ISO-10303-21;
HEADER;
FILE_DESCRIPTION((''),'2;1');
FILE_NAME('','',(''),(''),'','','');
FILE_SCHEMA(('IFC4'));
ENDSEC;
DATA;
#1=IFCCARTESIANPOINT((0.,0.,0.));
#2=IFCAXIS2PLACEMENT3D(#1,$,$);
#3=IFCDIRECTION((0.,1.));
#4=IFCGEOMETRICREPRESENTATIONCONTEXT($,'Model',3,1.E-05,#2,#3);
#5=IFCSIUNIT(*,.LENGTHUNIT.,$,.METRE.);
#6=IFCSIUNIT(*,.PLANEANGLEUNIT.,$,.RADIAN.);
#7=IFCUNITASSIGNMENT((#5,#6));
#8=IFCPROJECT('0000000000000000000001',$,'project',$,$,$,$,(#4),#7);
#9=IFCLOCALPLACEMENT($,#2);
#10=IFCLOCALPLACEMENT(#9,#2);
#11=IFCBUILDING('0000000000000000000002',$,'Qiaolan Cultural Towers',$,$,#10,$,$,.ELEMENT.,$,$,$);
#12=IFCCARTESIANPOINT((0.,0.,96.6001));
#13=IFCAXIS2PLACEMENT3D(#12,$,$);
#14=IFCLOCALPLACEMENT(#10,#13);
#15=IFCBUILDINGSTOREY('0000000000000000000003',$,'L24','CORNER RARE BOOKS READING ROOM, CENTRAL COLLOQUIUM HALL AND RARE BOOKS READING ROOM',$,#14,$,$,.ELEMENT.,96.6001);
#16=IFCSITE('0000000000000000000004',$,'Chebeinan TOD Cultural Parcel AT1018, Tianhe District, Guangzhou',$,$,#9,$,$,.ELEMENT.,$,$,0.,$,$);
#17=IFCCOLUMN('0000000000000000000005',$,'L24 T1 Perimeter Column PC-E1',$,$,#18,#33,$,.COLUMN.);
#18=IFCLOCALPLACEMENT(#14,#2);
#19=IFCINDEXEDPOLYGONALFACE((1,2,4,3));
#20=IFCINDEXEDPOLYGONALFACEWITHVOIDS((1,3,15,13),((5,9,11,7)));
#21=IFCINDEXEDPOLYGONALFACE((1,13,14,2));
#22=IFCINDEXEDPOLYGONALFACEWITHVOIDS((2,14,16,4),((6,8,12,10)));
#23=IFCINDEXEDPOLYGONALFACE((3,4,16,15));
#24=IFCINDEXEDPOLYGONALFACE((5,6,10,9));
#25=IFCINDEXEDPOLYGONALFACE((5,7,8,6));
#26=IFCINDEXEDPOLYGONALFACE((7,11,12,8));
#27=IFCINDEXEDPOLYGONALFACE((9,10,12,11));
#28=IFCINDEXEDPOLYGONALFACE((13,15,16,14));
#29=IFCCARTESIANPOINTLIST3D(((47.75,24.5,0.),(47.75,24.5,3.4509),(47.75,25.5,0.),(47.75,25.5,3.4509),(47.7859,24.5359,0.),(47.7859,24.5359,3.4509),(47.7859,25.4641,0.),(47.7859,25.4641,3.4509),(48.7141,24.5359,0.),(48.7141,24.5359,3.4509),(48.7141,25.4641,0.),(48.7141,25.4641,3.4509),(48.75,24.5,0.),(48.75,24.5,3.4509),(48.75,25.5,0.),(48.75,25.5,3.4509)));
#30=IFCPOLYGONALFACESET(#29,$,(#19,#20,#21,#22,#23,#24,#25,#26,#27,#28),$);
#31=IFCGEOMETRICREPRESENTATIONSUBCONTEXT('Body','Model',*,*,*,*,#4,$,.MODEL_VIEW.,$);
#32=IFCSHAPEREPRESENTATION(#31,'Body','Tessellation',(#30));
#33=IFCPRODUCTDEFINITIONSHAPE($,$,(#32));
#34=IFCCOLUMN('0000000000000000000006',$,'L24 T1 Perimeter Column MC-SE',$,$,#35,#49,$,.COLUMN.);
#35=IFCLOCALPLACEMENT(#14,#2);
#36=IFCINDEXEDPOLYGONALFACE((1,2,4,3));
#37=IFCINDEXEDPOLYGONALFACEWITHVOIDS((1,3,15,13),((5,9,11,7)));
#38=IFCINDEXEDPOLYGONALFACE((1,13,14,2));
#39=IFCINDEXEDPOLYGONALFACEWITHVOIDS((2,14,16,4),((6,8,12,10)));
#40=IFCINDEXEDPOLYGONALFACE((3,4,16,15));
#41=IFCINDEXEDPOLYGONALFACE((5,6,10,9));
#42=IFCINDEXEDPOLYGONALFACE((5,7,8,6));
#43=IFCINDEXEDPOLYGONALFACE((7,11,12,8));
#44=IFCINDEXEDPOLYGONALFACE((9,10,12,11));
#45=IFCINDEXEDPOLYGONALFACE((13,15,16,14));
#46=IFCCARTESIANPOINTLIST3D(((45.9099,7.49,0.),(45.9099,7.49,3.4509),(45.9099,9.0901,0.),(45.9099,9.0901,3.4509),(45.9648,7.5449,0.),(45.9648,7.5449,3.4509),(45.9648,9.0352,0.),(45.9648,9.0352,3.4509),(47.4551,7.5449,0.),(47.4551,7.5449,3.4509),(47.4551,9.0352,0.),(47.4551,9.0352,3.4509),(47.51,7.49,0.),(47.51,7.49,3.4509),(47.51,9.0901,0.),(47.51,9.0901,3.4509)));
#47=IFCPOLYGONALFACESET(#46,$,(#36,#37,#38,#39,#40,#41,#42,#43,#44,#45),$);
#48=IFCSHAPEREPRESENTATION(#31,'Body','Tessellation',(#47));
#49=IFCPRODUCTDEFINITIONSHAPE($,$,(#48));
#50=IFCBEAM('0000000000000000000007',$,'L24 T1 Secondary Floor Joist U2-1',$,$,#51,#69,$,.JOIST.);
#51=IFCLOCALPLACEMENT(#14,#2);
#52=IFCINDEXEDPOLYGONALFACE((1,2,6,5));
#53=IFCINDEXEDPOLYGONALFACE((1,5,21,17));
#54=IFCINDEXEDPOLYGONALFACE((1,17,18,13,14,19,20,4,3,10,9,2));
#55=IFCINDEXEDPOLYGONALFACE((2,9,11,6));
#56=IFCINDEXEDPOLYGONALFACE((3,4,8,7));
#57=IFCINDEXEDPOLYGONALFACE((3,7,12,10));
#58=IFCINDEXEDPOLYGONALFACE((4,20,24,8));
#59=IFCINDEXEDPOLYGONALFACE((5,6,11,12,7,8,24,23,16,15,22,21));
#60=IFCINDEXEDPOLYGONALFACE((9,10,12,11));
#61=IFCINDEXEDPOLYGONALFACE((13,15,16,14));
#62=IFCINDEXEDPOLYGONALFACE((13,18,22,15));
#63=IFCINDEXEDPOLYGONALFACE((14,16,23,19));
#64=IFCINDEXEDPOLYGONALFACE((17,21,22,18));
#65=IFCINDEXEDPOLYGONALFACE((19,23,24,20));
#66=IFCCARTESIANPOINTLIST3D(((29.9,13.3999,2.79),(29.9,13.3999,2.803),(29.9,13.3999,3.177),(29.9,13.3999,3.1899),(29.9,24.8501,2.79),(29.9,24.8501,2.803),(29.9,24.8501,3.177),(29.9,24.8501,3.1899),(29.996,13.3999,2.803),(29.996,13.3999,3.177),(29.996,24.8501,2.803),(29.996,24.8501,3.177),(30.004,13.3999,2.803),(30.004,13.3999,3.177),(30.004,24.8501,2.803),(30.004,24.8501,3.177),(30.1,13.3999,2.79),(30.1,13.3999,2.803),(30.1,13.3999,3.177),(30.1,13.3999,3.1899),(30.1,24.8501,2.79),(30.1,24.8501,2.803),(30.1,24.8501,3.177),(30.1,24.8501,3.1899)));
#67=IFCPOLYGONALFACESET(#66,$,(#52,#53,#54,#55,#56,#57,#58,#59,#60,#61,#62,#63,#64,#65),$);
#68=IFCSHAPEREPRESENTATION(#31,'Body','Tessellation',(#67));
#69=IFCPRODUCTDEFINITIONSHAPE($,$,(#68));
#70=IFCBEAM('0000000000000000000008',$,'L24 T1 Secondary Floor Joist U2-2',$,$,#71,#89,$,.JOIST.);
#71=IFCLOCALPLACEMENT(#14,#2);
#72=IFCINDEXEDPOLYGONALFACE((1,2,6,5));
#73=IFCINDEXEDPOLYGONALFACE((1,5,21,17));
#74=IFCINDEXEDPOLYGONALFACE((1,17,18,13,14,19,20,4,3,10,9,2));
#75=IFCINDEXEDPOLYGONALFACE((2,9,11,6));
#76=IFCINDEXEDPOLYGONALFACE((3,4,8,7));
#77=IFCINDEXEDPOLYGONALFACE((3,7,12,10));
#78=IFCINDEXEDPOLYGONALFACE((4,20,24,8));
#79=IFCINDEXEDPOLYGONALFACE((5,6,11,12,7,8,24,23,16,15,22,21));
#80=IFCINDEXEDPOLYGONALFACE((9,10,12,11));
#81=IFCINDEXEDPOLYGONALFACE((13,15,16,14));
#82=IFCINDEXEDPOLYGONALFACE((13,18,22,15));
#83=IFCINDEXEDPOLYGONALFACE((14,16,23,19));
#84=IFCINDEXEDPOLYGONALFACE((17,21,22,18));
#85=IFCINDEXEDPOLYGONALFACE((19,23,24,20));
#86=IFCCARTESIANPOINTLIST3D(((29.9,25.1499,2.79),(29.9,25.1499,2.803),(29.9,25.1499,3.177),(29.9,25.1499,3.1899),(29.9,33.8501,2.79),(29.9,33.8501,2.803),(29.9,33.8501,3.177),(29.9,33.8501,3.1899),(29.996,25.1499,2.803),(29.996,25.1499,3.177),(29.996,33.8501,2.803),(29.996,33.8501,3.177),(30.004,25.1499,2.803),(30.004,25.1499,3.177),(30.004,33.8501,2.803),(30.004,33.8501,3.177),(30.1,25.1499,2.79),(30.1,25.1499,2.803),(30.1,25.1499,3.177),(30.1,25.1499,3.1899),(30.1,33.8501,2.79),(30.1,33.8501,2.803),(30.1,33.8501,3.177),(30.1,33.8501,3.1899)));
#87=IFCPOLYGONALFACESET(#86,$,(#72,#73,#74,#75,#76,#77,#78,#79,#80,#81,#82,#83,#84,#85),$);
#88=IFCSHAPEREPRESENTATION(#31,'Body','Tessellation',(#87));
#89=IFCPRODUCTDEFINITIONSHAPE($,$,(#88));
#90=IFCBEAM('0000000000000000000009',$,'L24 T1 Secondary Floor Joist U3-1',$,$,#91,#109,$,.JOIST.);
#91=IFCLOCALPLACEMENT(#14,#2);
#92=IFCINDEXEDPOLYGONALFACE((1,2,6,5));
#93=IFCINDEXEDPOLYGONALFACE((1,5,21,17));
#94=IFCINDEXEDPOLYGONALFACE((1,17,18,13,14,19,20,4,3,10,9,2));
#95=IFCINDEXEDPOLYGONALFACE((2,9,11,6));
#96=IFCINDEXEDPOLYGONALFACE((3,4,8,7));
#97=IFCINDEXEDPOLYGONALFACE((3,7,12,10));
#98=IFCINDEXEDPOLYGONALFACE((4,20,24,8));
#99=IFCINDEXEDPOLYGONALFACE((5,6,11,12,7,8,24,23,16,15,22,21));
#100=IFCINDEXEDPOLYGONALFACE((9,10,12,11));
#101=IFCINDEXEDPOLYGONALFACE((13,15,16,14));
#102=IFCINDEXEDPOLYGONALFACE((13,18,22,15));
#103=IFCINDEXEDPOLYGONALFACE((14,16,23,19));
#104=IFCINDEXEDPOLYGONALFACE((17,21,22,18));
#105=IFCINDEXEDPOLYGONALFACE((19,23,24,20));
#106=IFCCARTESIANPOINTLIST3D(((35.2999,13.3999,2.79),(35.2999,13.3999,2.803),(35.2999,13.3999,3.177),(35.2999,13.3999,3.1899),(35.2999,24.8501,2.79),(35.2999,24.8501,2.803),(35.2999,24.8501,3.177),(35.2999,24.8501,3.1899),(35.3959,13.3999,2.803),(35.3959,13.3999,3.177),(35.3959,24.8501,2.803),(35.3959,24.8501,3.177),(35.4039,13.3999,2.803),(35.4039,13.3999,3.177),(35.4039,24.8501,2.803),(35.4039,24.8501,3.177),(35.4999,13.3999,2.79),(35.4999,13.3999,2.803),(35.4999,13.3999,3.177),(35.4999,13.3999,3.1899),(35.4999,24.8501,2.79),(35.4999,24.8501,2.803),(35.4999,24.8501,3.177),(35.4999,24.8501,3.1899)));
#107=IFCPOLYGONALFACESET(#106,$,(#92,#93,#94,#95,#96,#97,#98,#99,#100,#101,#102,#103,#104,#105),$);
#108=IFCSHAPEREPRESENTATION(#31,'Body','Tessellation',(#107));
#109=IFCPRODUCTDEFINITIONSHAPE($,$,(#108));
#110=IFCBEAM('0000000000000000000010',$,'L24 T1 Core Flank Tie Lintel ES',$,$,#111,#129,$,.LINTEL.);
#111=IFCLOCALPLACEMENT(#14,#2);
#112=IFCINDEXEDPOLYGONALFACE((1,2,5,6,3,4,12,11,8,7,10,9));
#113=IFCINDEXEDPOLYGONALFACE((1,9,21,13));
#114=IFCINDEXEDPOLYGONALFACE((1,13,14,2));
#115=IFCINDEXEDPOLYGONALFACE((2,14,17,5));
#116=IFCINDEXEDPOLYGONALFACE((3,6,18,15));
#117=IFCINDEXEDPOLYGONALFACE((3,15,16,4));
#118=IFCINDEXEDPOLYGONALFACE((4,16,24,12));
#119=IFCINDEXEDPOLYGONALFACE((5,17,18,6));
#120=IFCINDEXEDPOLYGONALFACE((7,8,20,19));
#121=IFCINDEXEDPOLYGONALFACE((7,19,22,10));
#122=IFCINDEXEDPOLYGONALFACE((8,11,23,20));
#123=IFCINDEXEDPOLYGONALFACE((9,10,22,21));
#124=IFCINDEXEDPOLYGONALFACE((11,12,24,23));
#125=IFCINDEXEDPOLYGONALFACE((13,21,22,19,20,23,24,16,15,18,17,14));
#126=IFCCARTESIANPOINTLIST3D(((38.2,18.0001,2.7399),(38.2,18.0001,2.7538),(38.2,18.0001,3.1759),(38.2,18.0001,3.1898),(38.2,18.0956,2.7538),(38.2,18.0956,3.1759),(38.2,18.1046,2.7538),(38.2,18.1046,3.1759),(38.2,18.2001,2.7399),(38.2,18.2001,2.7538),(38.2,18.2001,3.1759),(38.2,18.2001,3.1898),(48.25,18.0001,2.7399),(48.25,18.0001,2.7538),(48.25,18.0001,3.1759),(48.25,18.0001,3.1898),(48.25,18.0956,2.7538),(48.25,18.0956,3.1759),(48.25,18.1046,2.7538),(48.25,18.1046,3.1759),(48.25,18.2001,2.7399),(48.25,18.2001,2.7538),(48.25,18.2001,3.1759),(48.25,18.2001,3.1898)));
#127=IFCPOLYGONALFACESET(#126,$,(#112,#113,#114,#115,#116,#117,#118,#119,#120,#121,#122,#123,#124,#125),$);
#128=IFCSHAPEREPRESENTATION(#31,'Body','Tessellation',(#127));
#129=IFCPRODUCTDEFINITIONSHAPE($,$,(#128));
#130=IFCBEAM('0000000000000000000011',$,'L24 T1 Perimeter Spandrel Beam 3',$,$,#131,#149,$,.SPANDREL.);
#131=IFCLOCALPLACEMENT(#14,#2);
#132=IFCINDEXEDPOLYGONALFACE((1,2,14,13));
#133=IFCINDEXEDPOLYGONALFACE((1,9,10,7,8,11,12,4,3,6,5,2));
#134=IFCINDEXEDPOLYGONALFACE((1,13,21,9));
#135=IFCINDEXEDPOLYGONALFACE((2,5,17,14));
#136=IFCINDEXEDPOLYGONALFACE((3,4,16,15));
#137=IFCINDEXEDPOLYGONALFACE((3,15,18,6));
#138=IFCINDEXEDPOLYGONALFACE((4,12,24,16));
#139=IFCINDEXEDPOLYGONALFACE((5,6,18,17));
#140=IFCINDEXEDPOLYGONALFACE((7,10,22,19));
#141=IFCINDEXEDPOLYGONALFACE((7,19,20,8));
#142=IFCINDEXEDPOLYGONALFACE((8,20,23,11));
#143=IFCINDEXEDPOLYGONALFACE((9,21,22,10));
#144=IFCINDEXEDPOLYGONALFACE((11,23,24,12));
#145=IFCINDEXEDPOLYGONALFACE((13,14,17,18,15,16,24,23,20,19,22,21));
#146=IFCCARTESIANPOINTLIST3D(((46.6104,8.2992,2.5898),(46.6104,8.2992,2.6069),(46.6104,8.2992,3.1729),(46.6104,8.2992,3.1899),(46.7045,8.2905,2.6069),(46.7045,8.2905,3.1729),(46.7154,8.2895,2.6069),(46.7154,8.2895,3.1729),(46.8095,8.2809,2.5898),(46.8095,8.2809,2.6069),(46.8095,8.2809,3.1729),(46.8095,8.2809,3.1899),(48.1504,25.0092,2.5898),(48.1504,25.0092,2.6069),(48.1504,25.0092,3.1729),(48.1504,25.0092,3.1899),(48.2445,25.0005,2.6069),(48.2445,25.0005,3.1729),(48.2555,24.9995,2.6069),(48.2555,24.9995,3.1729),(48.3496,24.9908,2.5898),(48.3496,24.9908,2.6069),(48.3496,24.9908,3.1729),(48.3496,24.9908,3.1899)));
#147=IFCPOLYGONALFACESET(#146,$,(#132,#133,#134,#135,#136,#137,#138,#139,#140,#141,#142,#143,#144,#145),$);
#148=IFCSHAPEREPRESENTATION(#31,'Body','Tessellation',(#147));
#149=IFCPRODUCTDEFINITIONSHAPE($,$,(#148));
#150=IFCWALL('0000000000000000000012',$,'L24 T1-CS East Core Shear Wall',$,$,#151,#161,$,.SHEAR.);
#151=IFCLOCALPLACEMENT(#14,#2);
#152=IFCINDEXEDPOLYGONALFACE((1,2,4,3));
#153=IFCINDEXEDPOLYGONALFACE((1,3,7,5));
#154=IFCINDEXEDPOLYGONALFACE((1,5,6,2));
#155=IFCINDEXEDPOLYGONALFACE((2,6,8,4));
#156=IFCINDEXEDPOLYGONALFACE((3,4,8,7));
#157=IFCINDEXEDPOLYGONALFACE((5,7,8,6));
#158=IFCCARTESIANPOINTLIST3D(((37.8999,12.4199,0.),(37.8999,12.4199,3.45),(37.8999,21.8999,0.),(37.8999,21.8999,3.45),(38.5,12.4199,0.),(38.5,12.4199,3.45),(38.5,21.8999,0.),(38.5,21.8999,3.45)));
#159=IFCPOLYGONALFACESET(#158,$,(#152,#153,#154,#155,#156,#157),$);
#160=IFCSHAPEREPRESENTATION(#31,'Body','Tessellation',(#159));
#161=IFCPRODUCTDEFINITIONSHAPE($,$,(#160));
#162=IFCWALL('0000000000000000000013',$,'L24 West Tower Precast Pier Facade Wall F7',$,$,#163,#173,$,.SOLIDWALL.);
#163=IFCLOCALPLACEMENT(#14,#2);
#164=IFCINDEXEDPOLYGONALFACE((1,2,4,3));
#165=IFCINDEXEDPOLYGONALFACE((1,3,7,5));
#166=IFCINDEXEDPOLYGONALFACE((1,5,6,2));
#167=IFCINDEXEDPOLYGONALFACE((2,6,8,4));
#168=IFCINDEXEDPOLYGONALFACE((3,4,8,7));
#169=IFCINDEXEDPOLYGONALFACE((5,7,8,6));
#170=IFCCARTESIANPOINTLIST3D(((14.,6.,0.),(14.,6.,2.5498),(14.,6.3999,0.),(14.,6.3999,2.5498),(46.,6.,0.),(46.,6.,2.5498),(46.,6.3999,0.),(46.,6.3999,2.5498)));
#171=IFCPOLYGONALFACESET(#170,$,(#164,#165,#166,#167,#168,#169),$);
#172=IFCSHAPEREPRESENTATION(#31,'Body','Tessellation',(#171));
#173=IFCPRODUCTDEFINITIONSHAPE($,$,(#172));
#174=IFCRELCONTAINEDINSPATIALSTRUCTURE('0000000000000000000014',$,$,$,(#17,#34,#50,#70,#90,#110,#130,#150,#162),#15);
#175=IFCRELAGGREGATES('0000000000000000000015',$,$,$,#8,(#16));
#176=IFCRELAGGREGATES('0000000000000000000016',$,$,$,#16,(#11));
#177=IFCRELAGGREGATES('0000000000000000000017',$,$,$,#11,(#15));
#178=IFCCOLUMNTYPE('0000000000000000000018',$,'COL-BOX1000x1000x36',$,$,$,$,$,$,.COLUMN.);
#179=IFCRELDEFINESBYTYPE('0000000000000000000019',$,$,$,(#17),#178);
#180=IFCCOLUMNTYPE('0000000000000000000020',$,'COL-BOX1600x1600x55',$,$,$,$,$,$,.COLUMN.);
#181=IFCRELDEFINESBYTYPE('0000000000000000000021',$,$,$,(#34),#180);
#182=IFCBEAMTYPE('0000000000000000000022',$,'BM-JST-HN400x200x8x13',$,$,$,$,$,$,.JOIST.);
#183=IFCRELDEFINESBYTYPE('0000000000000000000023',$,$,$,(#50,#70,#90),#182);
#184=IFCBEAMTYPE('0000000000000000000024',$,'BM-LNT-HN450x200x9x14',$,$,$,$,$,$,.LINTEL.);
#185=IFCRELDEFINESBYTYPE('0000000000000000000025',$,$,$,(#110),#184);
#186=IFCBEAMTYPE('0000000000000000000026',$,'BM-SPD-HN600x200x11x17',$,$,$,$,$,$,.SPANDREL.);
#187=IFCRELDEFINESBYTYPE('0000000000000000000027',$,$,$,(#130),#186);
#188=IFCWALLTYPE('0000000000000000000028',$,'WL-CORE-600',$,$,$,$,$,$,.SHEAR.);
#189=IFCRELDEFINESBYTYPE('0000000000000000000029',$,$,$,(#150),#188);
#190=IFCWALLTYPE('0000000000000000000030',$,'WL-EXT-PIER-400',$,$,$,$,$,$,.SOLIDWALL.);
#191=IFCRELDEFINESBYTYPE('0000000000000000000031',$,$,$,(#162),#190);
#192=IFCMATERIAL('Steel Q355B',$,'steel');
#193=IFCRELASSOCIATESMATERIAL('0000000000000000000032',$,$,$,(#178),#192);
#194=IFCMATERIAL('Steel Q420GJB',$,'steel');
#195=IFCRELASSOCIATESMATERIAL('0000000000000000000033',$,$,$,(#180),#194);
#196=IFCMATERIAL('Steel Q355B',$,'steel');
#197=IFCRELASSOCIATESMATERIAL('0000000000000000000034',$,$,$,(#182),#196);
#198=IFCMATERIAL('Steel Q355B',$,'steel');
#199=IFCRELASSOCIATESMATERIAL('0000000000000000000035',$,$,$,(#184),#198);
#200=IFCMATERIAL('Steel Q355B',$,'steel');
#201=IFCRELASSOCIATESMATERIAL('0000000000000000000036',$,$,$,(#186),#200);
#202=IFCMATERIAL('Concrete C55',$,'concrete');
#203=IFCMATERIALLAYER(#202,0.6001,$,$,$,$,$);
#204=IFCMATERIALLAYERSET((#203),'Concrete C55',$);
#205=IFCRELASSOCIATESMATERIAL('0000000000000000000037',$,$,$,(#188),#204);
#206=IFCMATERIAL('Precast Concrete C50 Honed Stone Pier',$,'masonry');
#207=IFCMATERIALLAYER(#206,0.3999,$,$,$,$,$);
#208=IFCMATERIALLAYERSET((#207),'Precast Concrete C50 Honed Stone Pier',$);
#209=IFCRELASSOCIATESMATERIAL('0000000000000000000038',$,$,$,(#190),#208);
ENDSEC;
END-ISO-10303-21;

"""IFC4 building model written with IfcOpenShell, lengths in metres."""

from ifc_helpers import new_model, si_unit, direction, frame, frame_2d, origin, origin_2d, place, context, subcontext, project, spatial, rectangle, hollow_rectangle, i_section, extrude, material, layer, layer_set, material_profile, profile_set, type_object, element, save


model = new_model("IFC4")

# Units and contexts
model_context = context("Model", 3, precision=1e-05, world=origin(), true_north=direction((0.0, 1.0)))
body_context = subcontext(model_context, "Body", "Model", "MODEL_VIEW")
ifc_project = project(units=[si_unit("LENGTHUNIT", "METRE"), si_unit("PLANEANGLEUNIT", "RADIAN")], contexts=[model_context])

# Site, building, storey
site_placement = place(None, origin())
site = spatial("IfcSite", under=ifc_project, at=site_placement, Name="Chebeinan TOD Cultural Parcel AT1018, Tianhe District, Guangzhou", CompositionType="ELEMENT", RefElevation=0.0)
building_placement = place(site_placement, origin())
building = spatial("IfcBuilding", under=site, at=building_placement, Name="Qiaolan Cultural Towers", CompositionType="ELEMENT")
storey_placement = place(building_placement, frame((0.0, 0.0, 96.6001)))
storey = spatial("IfcBuildingStorey", under=building, at=storey_placement, Name="L24", Description="CORNER RARE BOOKS READING ROOM, CENTRAL COLLOQUIUM HALL AND RARE BOOKS READING ROOM", CompositionType="ELEMENT", Elevation=96.6001)

# Columns
ifc_material_1 = material(Name="Steel Q355B", Category="steel")
ifc_material_profile_1 = material_profile(ifc_material_1, hollow_rectangle(XDim=1.0, YDim=1.0, WallThickness=0.0359, at=origin_2d()), Name="BOX1000x1000x36")
ifc_profile_set_1 = profile_set([ifc_material_profile_1], Name="Steel Q355B")
column_type_1 = type_object("IfcColumnType", Name="COL-BOX1000x1000x36", PredefinedType="COLUMN", material=ifc_profile_set_1)
column_1_placement = place(storey_placement, frame((48.25, 25.0, 0.0), z_axis=(0.0, 0.0, 1.0), x_axis=(1.0, 0.0, 0.0)))
element("IfcColumn", 1, at=column_1_placement, inside=storey, type_object=column_type_1, Name="L24 T1 Perimeter Column PC-E1", PredefinedType="COLUMN", context=body_context, shape_type="SweptSolid", body=[
    extrude(hollow_rectangle(XDim=1.0, YDim=1.0, WallThickness=0.0359, at=origin_2d()), origin(), (0.0, 0.0, 1.0), 3.4509),
])
ifc_material_2 = material(Name="Steel Q420GJB", Category="steel")
ifc_material_profile_2 = material_profile(ifc_material_2, hollow_rectangle(XDim=1.6001, YDim=1.6001, WallThickness=0.0549, at=origin_2d()), Name="BOX1600x1600x55")
ifc_profile_set_2 = profile_set([ifc_material_profile_2], Name="Steel Q420GJB")
column_type_2 = type_object("IfcColumnType", Name="COL-BOX1600x1600x55", PredefinedType="COLUMN", material=ifc_profile_set_2)
column_2_placement = place(storey_placement, frame((46.71, 8.29, 0.0), z_axis=(0.0, 0.0, 1.0), x_axis=(1.0, 0.0, 0.0)))
element("IfcColumn", 2, at=column_2_placement, inside=storey, type_object=column_type_2, Name="L24 T1 Perimeter Column MC-SE", PredefinedType="COLUMN", context=body_context, shape_type="SweptSolid", body=[
    extrude(hollow_rectangle(XDim=1.6001, YDim=1.6001, WallThickness=0.0549, at=origin_2d()), origin(), (0.0, 0.0, 1.0), 3.4509),
])

# Beams
ifc_material_3 = material(Name="Steel Q355B", Category="steel")
ifc_material_profile_3 = material_profile(ifc_material_3, i_section(OverallWidth=0.2, OverallDepth=0.3999, WebThickness=0.0081, FlangeThickness=0.0129, at=origin_2d()), Name="HN400x200x8x13")
ifc_profile_set_3 = profile_set([ifc_material_profile_3], Name="Steel Q355B")
beam_type_1 = type_object("IfcBeamType", Name="BM-JST-HN400x200x8x13", PredefinedType="JOIST", material=ifc_profile_set_3)
beam_1_placement = place(storey_placement, frame((30.0, 13.3999, 2.99), z_axis=(0.0, 1.0, 0.0), x_axis=(-1.0, 0.0, 0.0)))
element("IfcBeam", 3, at=beam_1_placement, inside=storey, type_object=beam_type_1, Name="L24 T1 Secondary Floor Joist U2-1", PredefinedType="JOIST", context=body_context, shape_type="SweptSolid", body=[
    extrude(i_section(OverallWidth=0.2, OverallDepth=0.3999, WebThickness=0.0081, FlangeThickness=0.0129, at=origin_2d()), origin(), (0.0, 0.0, 1.0), 11.4502),
])
beam_2_placement = place(storey_placement, frame((30.0, 25.1499, 2.99), z_axis=(0.0, 1.0, 0.0), x_axis=(-1.0, 0.0, 0.0)))
element("IfcBeam", 4, at=beam_2_placement, inside=storey, type_object=beam_type_1, Name="L24 T1 Secondary Floor Joist U2-2", PredefinedType="JOIST", context=body_context, shape_type="SweptSolid", body=[
    extrude(i_section(OverallWidth=0.2, OverallDepth=0.3999, WebThickness=0.0081, FlangeThickness=0.0129, at=origin_2d()), origin(), (0.0, 0.0, 1.0), 8.7002),
])
beam_3_placement = place(storey_placement, frame((35.3999, 13.3999, 2.99), z_axis=(0.0, 1.0, 0.0), x_axis=(-1.0, 0.0, 0.0)))
element("IfcBeam", 5, at=beam_3_placement, inside=storey, type_object=beam_type_1, Name="L24 T1 Secondary Floor Joist U3-1", PredefinedType="JOIST", context=body_context, shape_type="SweptSolid", body=[
    extrude(i_section(OverallWidth=0.2, OverallDepth=0.3999, WebThickness=0.0081, FlangeThickness=0.0129, at=origin_2d()), origin(), (0.0, 0.0, 1.0), 11.4502),
])
ifc_material_4 = material(Name="Steel Q355B", Category="steel")
ifc_material_profile_4 = material_profile(ifc_material_4, i_section(OverallWidth=0.2, OverallDepth=0.45, WebThickness=0.009, FlangeThickness=0.0139, at=origin_2d()), Name="HN450x200x9x14")
ifc_profile_set_4 = profile_set([ifc_material_profile_4], Name="Steel Q355B")
beam_type_2 = type_object("IfcBeamType", Name="BM-LNT-HN450x200x9x14", PredefinedType="LINTEL", material=ifc_profile_set_4)
beam_4_placement = place(storey_placement, frame((38.2, 18.1001, 2.9648), z_axis=(1.0, 0.0, 0.0), x_axis=(0.0, 1.0, 0.0)))
element("IfcBeam", 6, at=beam_4_placement, inside=storey, type_object=beam_type_2, Name="L24 T1 Core Flank Tie Lintel ES", PredefinedType="LINTEL", context=body_context, shape_type="SweptSolid", body=[
    extrude(i_section(OverallWidth=0.2, OverallDepth=0.45, WebThickness=0.009, FlangeThickness=0.0139, at=origin_2d()), origin(), (0.0, 0.0, 1.0), 10.05),
])
ifc_material_5 = material(Name="Steel Q355B", Category="steel")
ifc_material_profile_5 = material_profile(ifc_material_5, i_section(OverallWidth=0.2, OverallDepth=0.6001, WebThickness=0.011, FlangeThickness=0.0171, at=origin_2d()), Name="HN600x200x11x17")
ifc_profile_set_5 = profile_set([ifc_material_profile_5], Name="Steel Q355B")
beam_type_3 = type_object("IfcBeamType", Name="BM-SPD-HN600x200x11x17", PredefinedType="SPANDREL", material=ifc_profile_set_5)
beam_5_placement = place(storey_placement, frame((46.71, 8.29, 2.8899), z_axis=(0.091774, 0.99578, 0.0), x_axis=(-0.99578, 0.091774, 0.0)))
element("IfcBeam", 7, at=beam_5_placement, inside=storey, type_object=beam_type_3, Name="L24 T1 Perimeter Spandrel Beam 3", PredefinedType="SPANDREL", context=body_context, shape_type="SweptSolid", body=[
    extrude(i_section(OverallWidth=0.2, OverallDepth=0.6001, WebThickness=0.011, FlangeThickness=0.0171, at=origin_2d()), origin(), (0.0, 0.0, 1.0), 16.7808),
])

# Walls
ifc_material_6 = material(Name="Concrete C55", Category="concrete")
ifc_layer_1 = layer(ifc_material_6, 0.6001)
ifc_layer_set_1 = layer_set([ifc_layer_1], Name="Concrete C55")
wall_type_1 = type_object("IfcWallType", Name="WL-CORE-600", PredefinedType="SHEAR", material=ifc_layer_set_1)
wall_1_placement = place(storey_placement, frame((38.2, 21.8999, 0.0), z_axis=(0.0, 0.0, 1.0), x_axis=(0.0, -1.0, 0.0)))
element("IfcWall", 8, at=wall_1_placement, inside=storey, type_object=wall_type_1, Name="L24 T1-CS East Core Shear Wall", PredefinedType="SHEAR", context=body_context, shape_type="SweptSolid", body=[
    extrude(rectangle(XDim=9.48, YDim=0.6001, at=frame_2d((4.74, 0.0))), origin(), (0.0, 0.0, 1.0), 3.45),
])
ifc_material_7 = material(Name="Precast Concrete C50 Honed Stone Pier", Category="masonry")
ifc_layer_2 = layer(ifc_material_7, 0.3999)
ifc_layer_set_2 = layer_set([ifc_layer_2], Name="Precast Concrete C50 Honed Stone Pier")
wall_type_2 = type_object("IfcWallType", Name="WL-EXT-PIER-400", PredefinedType="SOLIDWALL", material=ifc_layer_set_2)
wall_2_placement = place(storey_placement, frame((46.0, 6.2, 0.0), z_axis=(0.0, 0.0, 1.0), x_axis=(-1.0, 0.0, 0.0)))
element("IfcWall", 9, at=wall_2_placement, inside=storey, type_object=wall_type_2, Name="L24 West Tower Precast Pier Facade Wall F7", PredefinedType="SOLIDWALL", context=body_context, shape_type="SweptSolid", body=[
    extrude(rectangle(XDim=32.0, YDim=0.3999, at=frame_2d((16.0, 0.0))), origin(), (0.0, 0.0, 1.0), 2.5498),
])

save(model, "model.ifc")
